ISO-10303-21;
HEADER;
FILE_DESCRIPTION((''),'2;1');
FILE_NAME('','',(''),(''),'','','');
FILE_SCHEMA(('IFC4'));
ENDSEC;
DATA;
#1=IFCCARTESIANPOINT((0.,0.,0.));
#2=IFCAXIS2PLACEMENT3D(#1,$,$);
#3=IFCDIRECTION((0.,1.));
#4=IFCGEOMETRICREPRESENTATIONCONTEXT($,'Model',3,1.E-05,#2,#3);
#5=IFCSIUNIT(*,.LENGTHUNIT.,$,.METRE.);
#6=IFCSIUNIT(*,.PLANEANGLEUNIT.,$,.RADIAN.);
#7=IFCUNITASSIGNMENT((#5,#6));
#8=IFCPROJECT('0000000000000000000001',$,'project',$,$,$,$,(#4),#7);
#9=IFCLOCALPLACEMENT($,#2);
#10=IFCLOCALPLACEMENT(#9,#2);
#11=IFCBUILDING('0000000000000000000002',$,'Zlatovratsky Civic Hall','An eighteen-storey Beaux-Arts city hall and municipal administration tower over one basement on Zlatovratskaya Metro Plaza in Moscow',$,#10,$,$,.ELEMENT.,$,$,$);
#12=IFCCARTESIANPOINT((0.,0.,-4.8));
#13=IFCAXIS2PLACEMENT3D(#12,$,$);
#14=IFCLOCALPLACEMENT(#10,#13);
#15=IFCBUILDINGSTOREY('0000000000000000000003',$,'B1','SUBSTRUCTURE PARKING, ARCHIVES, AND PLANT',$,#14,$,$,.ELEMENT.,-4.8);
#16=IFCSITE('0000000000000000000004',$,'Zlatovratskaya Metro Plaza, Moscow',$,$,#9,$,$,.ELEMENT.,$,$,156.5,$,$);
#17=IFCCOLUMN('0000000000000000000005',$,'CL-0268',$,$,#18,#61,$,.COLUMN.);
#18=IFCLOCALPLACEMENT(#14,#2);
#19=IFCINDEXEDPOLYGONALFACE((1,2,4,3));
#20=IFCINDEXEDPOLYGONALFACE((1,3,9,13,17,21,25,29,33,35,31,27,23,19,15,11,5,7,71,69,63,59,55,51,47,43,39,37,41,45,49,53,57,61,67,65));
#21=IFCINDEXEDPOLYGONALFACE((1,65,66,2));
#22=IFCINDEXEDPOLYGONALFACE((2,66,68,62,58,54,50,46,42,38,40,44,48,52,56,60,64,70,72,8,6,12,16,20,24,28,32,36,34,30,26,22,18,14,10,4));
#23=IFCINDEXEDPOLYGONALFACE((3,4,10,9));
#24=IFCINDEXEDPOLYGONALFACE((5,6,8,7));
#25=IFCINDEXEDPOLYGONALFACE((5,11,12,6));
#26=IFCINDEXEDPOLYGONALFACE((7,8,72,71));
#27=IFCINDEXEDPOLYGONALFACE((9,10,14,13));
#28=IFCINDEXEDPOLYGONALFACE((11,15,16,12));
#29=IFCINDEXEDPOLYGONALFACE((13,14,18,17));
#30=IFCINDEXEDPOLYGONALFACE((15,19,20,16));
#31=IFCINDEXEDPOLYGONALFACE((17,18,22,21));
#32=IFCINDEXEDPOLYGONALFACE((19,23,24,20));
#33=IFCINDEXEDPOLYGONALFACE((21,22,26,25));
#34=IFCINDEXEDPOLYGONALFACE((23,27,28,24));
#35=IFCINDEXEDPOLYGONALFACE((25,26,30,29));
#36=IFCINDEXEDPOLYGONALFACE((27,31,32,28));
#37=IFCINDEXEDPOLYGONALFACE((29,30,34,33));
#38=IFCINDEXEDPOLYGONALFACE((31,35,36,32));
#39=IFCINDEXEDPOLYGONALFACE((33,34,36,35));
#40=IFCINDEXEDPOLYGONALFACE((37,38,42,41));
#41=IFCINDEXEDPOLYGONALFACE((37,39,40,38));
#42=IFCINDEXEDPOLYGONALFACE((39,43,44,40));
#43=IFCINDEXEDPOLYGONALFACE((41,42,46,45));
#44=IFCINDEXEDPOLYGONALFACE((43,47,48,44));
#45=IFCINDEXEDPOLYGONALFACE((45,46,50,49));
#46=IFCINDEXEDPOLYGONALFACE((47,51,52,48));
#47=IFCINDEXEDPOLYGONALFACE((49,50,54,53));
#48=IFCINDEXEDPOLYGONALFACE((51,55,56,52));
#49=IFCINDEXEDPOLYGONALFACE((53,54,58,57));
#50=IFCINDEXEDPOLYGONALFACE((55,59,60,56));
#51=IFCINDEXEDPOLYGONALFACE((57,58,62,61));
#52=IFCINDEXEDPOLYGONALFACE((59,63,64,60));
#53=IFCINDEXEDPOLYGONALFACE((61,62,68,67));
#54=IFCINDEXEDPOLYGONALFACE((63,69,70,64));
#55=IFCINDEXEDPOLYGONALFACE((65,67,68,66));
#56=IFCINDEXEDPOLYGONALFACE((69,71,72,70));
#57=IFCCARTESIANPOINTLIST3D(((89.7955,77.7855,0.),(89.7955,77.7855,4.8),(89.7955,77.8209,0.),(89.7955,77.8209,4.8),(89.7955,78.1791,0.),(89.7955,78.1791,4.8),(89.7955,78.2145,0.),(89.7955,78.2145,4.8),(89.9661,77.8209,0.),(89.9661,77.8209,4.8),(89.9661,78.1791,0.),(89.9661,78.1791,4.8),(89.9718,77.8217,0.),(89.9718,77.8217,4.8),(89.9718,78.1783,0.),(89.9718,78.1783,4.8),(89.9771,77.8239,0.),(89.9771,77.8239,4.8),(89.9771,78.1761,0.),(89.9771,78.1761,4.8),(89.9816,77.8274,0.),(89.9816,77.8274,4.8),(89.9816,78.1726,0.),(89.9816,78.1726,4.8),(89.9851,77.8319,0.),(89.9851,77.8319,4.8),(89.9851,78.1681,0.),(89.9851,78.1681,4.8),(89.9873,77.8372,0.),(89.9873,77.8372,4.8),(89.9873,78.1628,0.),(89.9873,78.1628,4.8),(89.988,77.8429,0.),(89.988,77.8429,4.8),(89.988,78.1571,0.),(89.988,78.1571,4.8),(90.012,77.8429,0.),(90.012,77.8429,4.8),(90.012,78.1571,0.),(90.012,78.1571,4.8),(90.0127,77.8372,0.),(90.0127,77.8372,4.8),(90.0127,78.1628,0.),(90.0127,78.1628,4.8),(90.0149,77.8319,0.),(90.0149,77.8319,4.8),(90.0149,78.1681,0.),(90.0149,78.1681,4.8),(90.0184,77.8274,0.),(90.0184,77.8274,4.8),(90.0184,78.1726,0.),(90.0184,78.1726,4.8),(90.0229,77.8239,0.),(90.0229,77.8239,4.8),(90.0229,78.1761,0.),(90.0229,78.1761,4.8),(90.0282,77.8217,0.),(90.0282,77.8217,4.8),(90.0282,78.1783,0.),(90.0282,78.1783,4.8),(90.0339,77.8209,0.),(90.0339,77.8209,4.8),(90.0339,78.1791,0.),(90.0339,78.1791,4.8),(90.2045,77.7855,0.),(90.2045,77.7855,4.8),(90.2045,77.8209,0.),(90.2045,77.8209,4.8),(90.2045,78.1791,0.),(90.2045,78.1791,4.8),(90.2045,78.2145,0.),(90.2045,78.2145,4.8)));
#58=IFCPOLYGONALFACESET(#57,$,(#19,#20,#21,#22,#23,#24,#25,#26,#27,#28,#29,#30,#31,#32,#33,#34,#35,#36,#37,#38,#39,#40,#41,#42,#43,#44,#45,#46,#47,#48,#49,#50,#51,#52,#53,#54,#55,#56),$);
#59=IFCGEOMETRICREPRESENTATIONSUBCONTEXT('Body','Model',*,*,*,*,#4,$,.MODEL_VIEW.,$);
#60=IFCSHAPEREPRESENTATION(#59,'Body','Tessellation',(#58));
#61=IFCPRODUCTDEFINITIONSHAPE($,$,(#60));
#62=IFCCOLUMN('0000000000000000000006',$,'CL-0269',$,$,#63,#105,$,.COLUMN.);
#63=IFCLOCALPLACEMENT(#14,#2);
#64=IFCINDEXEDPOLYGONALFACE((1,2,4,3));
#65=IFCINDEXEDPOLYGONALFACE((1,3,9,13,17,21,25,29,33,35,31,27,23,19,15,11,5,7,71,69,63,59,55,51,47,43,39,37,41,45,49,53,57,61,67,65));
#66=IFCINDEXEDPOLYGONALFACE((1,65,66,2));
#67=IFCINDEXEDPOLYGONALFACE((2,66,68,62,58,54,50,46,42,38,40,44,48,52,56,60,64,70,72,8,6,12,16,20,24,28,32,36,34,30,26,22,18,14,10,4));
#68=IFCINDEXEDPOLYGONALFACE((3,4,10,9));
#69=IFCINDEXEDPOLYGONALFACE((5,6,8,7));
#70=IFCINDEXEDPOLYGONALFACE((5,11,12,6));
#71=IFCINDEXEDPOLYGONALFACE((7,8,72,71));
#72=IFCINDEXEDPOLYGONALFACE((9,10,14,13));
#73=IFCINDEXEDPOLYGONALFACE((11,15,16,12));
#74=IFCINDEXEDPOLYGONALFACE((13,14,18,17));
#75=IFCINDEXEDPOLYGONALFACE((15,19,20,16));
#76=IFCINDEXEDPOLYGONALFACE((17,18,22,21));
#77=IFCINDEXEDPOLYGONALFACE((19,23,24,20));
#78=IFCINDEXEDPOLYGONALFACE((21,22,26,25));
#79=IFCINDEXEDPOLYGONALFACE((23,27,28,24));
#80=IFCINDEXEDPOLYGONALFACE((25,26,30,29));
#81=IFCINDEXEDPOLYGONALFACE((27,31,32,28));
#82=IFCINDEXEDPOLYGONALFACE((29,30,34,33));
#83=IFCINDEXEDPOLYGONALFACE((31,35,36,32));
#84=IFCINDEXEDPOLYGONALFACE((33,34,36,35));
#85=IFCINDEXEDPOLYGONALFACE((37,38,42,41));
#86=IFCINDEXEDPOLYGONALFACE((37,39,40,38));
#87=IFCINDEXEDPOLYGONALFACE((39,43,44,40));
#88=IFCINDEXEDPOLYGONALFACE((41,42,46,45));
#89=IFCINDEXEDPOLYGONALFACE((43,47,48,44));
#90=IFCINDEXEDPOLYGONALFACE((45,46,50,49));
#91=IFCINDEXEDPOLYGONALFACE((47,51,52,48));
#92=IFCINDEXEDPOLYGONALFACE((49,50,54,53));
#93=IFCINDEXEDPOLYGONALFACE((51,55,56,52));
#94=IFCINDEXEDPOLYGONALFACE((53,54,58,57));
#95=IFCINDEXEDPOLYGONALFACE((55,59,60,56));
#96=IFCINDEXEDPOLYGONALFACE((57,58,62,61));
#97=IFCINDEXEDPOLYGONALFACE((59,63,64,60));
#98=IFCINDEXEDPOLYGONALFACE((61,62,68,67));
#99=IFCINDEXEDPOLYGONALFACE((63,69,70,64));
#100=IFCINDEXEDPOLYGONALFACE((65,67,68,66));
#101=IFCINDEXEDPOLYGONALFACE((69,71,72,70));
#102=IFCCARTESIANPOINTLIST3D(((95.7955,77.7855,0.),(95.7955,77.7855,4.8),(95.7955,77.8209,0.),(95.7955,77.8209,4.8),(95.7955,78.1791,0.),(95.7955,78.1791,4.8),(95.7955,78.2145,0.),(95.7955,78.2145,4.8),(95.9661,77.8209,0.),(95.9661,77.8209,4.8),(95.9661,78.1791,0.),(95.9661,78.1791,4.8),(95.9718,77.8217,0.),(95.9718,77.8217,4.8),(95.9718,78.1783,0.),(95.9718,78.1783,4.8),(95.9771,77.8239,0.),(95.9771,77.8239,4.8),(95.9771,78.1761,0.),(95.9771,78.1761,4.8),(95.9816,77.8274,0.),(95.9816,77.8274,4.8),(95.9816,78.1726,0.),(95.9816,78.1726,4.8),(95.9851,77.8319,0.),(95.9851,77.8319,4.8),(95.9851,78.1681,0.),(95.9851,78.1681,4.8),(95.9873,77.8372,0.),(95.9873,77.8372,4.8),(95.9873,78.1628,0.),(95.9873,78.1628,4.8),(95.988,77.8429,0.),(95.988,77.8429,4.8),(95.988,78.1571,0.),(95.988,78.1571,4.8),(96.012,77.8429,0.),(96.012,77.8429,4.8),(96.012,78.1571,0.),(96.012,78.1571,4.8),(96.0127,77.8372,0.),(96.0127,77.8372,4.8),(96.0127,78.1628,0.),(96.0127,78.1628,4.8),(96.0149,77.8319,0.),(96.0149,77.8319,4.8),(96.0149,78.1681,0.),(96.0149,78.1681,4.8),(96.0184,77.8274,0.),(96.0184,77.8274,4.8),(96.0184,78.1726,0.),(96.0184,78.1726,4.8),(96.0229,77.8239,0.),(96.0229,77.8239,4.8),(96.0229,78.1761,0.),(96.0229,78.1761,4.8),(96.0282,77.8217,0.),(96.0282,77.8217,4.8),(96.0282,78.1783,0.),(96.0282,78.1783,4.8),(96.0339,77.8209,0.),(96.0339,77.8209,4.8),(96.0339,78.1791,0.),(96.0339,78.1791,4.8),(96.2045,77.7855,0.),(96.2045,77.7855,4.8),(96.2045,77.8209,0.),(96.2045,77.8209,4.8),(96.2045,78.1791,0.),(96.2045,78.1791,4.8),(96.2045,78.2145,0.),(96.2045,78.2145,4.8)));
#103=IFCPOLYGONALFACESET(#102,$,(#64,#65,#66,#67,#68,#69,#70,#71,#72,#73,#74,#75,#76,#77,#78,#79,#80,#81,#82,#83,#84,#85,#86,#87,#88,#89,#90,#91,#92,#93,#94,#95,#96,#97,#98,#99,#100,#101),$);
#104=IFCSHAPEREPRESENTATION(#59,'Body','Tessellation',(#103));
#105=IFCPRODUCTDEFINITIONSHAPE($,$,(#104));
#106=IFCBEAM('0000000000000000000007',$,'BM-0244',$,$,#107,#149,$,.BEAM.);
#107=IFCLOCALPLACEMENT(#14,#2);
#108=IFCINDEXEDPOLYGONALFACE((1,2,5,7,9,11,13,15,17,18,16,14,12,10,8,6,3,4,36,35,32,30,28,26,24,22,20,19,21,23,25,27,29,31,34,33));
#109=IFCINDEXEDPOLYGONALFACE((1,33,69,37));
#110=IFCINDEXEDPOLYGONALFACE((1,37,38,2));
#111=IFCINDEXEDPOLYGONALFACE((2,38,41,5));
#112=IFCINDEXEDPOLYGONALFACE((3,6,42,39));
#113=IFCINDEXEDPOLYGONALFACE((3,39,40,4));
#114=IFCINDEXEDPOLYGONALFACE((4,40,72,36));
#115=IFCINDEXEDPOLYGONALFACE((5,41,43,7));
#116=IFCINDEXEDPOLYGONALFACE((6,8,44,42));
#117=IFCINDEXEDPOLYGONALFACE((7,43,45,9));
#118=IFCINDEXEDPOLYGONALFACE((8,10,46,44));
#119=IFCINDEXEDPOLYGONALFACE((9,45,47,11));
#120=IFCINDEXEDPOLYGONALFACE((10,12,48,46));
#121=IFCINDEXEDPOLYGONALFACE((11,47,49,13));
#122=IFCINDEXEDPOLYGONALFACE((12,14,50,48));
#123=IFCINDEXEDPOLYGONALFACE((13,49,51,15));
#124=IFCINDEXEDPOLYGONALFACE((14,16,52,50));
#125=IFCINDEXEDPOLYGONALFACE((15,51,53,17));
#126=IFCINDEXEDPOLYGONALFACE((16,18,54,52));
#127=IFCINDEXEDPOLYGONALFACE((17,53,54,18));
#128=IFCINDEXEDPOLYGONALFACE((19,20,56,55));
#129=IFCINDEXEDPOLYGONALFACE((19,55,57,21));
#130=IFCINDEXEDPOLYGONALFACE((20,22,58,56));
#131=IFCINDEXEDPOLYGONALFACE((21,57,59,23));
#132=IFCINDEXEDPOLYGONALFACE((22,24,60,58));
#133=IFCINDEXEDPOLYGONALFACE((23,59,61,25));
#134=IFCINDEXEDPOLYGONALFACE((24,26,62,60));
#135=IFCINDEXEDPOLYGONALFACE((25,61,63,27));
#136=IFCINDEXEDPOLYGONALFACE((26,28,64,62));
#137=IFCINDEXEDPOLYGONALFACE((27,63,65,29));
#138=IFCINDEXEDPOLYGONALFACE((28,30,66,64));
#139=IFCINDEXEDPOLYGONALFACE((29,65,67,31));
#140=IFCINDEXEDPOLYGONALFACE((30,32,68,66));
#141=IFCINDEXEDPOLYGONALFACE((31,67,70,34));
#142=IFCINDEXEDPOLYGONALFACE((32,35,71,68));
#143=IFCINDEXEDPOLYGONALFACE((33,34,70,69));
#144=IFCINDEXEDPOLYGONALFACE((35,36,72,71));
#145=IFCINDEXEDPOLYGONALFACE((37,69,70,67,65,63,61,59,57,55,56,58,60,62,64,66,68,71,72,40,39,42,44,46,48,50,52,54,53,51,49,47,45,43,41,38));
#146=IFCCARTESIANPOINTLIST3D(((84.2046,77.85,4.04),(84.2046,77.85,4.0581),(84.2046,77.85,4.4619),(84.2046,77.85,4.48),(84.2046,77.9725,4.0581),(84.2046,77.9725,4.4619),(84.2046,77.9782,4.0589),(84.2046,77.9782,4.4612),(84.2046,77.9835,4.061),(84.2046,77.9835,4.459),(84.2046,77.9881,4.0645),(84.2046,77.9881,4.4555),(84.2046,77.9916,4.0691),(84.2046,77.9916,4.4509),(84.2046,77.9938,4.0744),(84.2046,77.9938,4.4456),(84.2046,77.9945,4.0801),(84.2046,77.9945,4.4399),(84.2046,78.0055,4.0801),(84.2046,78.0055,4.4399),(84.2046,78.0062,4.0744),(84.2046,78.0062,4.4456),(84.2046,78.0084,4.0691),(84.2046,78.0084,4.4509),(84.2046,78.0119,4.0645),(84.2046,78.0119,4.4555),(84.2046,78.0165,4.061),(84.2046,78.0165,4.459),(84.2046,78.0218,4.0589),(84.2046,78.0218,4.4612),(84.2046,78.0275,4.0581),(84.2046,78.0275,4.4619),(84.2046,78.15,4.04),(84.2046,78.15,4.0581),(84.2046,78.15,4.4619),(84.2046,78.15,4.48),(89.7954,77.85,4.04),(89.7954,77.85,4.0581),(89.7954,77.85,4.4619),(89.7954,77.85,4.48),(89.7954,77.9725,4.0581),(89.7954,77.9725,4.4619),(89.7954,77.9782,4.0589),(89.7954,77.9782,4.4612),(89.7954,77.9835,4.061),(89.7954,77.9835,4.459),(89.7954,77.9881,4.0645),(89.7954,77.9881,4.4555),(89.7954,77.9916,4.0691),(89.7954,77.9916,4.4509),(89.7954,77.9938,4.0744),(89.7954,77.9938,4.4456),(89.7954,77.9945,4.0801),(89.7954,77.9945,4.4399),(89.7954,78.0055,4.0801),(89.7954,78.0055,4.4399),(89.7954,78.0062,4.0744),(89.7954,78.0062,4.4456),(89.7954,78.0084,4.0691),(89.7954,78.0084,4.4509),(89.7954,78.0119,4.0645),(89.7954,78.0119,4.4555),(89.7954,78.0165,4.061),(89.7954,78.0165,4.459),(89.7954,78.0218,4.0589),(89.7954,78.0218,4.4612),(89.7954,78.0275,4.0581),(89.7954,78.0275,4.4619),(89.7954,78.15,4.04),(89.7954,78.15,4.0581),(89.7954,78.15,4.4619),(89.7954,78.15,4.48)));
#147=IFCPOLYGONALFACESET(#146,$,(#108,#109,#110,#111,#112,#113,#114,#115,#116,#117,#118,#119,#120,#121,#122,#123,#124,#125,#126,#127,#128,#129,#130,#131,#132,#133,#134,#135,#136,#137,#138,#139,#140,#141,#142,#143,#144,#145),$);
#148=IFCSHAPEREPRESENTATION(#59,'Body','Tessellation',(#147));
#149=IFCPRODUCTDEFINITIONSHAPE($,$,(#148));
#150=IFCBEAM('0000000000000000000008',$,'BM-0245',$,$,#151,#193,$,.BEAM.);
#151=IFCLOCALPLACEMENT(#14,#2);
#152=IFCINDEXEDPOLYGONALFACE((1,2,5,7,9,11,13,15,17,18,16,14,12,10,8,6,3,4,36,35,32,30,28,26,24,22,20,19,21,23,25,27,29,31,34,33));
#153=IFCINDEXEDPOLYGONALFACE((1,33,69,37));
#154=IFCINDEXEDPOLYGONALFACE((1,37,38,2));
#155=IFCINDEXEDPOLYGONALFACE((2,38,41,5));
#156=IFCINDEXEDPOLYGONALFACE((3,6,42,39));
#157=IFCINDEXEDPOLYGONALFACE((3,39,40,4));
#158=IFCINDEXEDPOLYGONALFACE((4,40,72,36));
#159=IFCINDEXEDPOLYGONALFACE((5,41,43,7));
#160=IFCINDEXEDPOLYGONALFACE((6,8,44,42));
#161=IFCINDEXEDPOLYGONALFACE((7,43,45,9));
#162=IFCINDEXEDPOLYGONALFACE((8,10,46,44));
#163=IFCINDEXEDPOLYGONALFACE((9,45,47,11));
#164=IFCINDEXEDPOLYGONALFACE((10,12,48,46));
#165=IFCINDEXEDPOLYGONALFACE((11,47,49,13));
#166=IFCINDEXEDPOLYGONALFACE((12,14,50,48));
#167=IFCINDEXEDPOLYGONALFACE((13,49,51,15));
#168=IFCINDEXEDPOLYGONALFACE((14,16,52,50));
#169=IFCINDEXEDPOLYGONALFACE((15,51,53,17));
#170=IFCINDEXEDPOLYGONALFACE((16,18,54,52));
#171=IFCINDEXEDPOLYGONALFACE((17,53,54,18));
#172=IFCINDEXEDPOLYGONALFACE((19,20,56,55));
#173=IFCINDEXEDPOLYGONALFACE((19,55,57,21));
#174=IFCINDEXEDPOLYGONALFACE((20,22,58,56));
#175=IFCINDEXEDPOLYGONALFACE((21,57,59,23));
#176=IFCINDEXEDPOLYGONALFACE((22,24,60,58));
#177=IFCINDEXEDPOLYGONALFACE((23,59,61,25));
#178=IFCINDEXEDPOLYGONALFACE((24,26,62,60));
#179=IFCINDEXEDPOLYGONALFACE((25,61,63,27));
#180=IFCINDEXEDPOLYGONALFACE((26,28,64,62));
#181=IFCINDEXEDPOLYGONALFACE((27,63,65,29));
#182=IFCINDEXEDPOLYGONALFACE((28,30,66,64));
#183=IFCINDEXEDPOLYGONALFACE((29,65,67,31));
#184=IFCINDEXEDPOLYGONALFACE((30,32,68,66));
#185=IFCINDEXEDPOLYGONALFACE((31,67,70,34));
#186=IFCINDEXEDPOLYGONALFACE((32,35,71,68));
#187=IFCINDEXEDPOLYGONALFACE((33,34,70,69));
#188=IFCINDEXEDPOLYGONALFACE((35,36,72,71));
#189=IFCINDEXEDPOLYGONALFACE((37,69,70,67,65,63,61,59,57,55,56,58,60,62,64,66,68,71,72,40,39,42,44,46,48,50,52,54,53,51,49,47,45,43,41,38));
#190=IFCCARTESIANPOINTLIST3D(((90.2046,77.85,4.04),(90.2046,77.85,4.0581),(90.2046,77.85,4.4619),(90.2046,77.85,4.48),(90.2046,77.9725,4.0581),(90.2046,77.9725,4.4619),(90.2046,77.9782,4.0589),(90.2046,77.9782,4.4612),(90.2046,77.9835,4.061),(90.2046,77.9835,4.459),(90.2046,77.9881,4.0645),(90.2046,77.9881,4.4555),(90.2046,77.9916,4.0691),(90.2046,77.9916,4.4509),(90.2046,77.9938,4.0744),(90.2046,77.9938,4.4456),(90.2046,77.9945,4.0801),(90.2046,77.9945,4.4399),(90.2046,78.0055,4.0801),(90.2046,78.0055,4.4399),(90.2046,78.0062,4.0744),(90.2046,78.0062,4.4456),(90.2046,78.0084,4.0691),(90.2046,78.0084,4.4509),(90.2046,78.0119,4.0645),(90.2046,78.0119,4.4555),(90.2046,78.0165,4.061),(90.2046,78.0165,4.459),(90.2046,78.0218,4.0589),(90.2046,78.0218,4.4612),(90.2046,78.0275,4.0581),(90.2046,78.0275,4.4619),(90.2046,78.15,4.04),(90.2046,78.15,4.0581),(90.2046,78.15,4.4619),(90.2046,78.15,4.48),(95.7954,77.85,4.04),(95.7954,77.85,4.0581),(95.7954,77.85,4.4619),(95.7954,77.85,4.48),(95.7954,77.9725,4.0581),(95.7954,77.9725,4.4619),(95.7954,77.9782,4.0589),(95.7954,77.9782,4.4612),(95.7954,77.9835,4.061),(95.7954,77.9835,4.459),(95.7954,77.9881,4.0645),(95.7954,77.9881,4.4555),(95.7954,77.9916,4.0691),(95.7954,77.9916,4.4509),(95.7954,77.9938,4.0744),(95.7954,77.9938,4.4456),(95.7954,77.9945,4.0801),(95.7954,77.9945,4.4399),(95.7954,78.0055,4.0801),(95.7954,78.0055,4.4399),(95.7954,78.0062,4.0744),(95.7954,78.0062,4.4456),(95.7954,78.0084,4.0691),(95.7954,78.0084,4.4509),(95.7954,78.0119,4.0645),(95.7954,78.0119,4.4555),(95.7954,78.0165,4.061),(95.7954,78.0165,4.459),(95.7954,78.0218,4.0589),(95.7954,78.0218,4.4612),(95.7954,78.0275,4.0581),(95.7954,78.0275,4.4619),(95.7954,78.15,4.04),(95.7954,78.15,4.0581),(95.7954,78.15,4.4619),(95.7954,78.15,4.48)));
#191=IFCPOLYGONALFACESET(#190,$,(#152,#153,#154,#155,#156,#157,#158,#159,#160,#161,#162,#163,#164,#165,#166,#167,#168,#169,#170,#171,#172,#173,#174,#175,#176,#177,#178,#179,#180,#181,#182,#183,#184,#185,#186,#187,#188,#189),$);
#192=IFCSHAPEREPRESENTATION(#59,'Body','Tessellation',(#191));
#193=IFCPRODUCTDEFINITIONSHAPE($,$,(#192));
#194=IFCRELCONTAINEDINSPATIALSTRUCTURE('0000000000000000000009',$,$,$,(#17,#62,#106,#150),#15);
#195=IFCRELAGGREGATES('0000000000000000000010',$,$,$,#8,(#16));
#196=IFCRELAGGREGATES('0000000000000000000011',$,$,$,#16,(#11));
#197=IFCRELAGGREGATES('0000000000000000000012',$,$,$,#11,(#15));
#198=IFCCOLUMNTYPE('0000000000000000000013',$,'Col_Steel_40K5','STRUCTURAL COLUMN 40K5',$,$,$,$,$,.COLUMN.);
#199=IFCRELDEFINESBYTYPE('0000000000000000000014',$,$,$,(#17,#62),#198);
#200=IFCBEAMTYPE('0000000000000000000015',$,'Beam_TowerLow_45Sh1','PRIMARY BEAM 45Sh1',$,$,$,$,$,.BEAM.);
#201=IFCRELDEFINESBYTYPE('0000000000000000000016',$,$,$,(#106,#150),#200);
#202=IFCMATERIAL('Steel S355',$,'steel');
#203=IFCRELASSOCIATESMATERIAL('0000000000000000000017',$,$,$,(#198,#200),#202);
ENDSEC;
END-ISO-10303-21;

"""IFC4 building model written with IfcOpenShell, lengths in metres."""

from ifc_helpers import new_model, si_unit, direction, frame, origin, origin_2d, place, context, subcontext, project, spatial, i_section, extrude, material, material_profile, profile_set, type_object, element, save


model = new_model("IFC4")

# Units and contexts
model_context = context("Model", 3, precision=1e-05, world=origin(), true_north=direction((0.0, 1.0)))
body_context = subcontext(model_context, "Body", "Model", "MODEL_VIEW")
ifc_project = project(units=[si_unit("LENGTHUNIT", "METRE"), si_unit("PLANEANGLEUNIT", "RADIAN")], contexts=[model_context])

# Site, building, storey
site_placement = place(None, origin())
site = spatial("IfcSite", under=ifc_project, at=site_placement, Name="Zlatovratskaya Metro Plaza, Moscow", CompositionType="ELEMENT", RefElevation=156.5)
building_placement = place(site_placement, origin())
building = spatial("IfcBuilding", under=site, at=building_placement, Name="Zlatovratsky Civic Hall", Description="An eighteen-storey Beaux-Arts city hall and municipal administration tower over one basement on Zlatovratskaya Metro Plaza in Moscow", CompositionType="ELEMENT")
storey_placement = place(building_placement, frame((0.0, 0.0, -4.8)))
storey = spatial("IfcBuildingStorey", under=building, at=storey_placement, Name="B1", Description="SUBSTRUCTURE PARKING, ARCHIVES, AND PLANT", CompositionType="ELEMENT", Elevation=-4.8)

# Columns
ifc_material_1 = material(Name="Steel S355", Category="steel")
ifc_material_profile_1 = material_profile(ifc_material_1, i_section(OverallWidth=0.4089, OverallDepth=0.429, WebThickness=0.0239, FlangeThickness=0.0354, FilletRadius=0.022, at=origin_2d()), Name="40K5")
ifc_profile_set_1 = profile_set([ifc_material_profile_1], Name="Steel S355")
column_type = type_object("IfcColumnType", Name="Col_Steel_40K5", Description="STRUCTURAL COLUMN 40K5", PredefinedType="COLUMN", material=ifc_profile_set_1)
for number, where, z_axis, x_axis, name in (
    (1, (90.0, 78.0, 0.0), (0.0, 0.0, 1.0), (1.0, 0.0, 0.0), "CL-0268"),
    (2, (96.0, 78.0, 0.0), (0.0, 0.0, 1.0), (1.0, 0.0, 0.0), "CL-0269"),
):
    element("IfcColumn", number, at=place(storey_placement, frame(where, z_axis=z_axis, x_axis=x_axis)), inside=storey, type_object=column_type, Name=name, PredefinedType="COLUMN", context=body_context, shape_type="SweptSolid", body=[
        extrude(i_section(OverallWidth=0.4089, OverallDepth=0.429, WebThickness=0.0239, FlangeThickness=0.0354, FilletRadius=0.022, at=origin_2d()), origin(), (0.0, 0.0, 1.0), 4.8),
    ])

# Beams
ifc_material_profile_2 = material_profile(ifc_material_1, i_section(OverallWidth=0.3, OverallDepth=0.4399, WebThickness=0.011, FlangeThickness=0.0181, FilletRadius=0.022, at=origin_2d()), Name="45Sh1")
ifc_profile_set_2 = profile_set([ifc_material_profile_2], Name="Steel S355")
beam_type = type_object("IfcBeamType", Name="Beam_TowerLow_45Sh1", Description="PRIMARY BEAM 45Sh1", PredefinedType="BEAM", material=ifc_profile_set_2)
for number, where, z_axis, x_axis, name in (
    (3, (84.2046, 78.0, 4.26), (1.0, 0.0, 0.0), (0.0, 1.0, 0.0), "BM-0244"),
    (4, (90.2046, 78.0, 4.26), (1.0, 0.0, 0.0), (0.0, 1.0, 0.0), "BM-0245"),
):
    element("IfcBeam", number, at=place(storey_placement, frame(where, z_axis=z_axis, x_axis=x_axis)), inside=storey, type_object=beam_type, Name=name, PredefinedType="BEAM", context=body_context, shape_type="SweptSolid", body=[
        extrude(i_section(OverallWidth=0.3, OverallDepth=0.4399, WebThickness=0.011, FlangeThickness=0.0181, FilletRadius=0.022, at=origin_2d()), origin(), (0.0, 0.0, 1.0), 5.5908),
    ])

save(model, "model.ifc")
